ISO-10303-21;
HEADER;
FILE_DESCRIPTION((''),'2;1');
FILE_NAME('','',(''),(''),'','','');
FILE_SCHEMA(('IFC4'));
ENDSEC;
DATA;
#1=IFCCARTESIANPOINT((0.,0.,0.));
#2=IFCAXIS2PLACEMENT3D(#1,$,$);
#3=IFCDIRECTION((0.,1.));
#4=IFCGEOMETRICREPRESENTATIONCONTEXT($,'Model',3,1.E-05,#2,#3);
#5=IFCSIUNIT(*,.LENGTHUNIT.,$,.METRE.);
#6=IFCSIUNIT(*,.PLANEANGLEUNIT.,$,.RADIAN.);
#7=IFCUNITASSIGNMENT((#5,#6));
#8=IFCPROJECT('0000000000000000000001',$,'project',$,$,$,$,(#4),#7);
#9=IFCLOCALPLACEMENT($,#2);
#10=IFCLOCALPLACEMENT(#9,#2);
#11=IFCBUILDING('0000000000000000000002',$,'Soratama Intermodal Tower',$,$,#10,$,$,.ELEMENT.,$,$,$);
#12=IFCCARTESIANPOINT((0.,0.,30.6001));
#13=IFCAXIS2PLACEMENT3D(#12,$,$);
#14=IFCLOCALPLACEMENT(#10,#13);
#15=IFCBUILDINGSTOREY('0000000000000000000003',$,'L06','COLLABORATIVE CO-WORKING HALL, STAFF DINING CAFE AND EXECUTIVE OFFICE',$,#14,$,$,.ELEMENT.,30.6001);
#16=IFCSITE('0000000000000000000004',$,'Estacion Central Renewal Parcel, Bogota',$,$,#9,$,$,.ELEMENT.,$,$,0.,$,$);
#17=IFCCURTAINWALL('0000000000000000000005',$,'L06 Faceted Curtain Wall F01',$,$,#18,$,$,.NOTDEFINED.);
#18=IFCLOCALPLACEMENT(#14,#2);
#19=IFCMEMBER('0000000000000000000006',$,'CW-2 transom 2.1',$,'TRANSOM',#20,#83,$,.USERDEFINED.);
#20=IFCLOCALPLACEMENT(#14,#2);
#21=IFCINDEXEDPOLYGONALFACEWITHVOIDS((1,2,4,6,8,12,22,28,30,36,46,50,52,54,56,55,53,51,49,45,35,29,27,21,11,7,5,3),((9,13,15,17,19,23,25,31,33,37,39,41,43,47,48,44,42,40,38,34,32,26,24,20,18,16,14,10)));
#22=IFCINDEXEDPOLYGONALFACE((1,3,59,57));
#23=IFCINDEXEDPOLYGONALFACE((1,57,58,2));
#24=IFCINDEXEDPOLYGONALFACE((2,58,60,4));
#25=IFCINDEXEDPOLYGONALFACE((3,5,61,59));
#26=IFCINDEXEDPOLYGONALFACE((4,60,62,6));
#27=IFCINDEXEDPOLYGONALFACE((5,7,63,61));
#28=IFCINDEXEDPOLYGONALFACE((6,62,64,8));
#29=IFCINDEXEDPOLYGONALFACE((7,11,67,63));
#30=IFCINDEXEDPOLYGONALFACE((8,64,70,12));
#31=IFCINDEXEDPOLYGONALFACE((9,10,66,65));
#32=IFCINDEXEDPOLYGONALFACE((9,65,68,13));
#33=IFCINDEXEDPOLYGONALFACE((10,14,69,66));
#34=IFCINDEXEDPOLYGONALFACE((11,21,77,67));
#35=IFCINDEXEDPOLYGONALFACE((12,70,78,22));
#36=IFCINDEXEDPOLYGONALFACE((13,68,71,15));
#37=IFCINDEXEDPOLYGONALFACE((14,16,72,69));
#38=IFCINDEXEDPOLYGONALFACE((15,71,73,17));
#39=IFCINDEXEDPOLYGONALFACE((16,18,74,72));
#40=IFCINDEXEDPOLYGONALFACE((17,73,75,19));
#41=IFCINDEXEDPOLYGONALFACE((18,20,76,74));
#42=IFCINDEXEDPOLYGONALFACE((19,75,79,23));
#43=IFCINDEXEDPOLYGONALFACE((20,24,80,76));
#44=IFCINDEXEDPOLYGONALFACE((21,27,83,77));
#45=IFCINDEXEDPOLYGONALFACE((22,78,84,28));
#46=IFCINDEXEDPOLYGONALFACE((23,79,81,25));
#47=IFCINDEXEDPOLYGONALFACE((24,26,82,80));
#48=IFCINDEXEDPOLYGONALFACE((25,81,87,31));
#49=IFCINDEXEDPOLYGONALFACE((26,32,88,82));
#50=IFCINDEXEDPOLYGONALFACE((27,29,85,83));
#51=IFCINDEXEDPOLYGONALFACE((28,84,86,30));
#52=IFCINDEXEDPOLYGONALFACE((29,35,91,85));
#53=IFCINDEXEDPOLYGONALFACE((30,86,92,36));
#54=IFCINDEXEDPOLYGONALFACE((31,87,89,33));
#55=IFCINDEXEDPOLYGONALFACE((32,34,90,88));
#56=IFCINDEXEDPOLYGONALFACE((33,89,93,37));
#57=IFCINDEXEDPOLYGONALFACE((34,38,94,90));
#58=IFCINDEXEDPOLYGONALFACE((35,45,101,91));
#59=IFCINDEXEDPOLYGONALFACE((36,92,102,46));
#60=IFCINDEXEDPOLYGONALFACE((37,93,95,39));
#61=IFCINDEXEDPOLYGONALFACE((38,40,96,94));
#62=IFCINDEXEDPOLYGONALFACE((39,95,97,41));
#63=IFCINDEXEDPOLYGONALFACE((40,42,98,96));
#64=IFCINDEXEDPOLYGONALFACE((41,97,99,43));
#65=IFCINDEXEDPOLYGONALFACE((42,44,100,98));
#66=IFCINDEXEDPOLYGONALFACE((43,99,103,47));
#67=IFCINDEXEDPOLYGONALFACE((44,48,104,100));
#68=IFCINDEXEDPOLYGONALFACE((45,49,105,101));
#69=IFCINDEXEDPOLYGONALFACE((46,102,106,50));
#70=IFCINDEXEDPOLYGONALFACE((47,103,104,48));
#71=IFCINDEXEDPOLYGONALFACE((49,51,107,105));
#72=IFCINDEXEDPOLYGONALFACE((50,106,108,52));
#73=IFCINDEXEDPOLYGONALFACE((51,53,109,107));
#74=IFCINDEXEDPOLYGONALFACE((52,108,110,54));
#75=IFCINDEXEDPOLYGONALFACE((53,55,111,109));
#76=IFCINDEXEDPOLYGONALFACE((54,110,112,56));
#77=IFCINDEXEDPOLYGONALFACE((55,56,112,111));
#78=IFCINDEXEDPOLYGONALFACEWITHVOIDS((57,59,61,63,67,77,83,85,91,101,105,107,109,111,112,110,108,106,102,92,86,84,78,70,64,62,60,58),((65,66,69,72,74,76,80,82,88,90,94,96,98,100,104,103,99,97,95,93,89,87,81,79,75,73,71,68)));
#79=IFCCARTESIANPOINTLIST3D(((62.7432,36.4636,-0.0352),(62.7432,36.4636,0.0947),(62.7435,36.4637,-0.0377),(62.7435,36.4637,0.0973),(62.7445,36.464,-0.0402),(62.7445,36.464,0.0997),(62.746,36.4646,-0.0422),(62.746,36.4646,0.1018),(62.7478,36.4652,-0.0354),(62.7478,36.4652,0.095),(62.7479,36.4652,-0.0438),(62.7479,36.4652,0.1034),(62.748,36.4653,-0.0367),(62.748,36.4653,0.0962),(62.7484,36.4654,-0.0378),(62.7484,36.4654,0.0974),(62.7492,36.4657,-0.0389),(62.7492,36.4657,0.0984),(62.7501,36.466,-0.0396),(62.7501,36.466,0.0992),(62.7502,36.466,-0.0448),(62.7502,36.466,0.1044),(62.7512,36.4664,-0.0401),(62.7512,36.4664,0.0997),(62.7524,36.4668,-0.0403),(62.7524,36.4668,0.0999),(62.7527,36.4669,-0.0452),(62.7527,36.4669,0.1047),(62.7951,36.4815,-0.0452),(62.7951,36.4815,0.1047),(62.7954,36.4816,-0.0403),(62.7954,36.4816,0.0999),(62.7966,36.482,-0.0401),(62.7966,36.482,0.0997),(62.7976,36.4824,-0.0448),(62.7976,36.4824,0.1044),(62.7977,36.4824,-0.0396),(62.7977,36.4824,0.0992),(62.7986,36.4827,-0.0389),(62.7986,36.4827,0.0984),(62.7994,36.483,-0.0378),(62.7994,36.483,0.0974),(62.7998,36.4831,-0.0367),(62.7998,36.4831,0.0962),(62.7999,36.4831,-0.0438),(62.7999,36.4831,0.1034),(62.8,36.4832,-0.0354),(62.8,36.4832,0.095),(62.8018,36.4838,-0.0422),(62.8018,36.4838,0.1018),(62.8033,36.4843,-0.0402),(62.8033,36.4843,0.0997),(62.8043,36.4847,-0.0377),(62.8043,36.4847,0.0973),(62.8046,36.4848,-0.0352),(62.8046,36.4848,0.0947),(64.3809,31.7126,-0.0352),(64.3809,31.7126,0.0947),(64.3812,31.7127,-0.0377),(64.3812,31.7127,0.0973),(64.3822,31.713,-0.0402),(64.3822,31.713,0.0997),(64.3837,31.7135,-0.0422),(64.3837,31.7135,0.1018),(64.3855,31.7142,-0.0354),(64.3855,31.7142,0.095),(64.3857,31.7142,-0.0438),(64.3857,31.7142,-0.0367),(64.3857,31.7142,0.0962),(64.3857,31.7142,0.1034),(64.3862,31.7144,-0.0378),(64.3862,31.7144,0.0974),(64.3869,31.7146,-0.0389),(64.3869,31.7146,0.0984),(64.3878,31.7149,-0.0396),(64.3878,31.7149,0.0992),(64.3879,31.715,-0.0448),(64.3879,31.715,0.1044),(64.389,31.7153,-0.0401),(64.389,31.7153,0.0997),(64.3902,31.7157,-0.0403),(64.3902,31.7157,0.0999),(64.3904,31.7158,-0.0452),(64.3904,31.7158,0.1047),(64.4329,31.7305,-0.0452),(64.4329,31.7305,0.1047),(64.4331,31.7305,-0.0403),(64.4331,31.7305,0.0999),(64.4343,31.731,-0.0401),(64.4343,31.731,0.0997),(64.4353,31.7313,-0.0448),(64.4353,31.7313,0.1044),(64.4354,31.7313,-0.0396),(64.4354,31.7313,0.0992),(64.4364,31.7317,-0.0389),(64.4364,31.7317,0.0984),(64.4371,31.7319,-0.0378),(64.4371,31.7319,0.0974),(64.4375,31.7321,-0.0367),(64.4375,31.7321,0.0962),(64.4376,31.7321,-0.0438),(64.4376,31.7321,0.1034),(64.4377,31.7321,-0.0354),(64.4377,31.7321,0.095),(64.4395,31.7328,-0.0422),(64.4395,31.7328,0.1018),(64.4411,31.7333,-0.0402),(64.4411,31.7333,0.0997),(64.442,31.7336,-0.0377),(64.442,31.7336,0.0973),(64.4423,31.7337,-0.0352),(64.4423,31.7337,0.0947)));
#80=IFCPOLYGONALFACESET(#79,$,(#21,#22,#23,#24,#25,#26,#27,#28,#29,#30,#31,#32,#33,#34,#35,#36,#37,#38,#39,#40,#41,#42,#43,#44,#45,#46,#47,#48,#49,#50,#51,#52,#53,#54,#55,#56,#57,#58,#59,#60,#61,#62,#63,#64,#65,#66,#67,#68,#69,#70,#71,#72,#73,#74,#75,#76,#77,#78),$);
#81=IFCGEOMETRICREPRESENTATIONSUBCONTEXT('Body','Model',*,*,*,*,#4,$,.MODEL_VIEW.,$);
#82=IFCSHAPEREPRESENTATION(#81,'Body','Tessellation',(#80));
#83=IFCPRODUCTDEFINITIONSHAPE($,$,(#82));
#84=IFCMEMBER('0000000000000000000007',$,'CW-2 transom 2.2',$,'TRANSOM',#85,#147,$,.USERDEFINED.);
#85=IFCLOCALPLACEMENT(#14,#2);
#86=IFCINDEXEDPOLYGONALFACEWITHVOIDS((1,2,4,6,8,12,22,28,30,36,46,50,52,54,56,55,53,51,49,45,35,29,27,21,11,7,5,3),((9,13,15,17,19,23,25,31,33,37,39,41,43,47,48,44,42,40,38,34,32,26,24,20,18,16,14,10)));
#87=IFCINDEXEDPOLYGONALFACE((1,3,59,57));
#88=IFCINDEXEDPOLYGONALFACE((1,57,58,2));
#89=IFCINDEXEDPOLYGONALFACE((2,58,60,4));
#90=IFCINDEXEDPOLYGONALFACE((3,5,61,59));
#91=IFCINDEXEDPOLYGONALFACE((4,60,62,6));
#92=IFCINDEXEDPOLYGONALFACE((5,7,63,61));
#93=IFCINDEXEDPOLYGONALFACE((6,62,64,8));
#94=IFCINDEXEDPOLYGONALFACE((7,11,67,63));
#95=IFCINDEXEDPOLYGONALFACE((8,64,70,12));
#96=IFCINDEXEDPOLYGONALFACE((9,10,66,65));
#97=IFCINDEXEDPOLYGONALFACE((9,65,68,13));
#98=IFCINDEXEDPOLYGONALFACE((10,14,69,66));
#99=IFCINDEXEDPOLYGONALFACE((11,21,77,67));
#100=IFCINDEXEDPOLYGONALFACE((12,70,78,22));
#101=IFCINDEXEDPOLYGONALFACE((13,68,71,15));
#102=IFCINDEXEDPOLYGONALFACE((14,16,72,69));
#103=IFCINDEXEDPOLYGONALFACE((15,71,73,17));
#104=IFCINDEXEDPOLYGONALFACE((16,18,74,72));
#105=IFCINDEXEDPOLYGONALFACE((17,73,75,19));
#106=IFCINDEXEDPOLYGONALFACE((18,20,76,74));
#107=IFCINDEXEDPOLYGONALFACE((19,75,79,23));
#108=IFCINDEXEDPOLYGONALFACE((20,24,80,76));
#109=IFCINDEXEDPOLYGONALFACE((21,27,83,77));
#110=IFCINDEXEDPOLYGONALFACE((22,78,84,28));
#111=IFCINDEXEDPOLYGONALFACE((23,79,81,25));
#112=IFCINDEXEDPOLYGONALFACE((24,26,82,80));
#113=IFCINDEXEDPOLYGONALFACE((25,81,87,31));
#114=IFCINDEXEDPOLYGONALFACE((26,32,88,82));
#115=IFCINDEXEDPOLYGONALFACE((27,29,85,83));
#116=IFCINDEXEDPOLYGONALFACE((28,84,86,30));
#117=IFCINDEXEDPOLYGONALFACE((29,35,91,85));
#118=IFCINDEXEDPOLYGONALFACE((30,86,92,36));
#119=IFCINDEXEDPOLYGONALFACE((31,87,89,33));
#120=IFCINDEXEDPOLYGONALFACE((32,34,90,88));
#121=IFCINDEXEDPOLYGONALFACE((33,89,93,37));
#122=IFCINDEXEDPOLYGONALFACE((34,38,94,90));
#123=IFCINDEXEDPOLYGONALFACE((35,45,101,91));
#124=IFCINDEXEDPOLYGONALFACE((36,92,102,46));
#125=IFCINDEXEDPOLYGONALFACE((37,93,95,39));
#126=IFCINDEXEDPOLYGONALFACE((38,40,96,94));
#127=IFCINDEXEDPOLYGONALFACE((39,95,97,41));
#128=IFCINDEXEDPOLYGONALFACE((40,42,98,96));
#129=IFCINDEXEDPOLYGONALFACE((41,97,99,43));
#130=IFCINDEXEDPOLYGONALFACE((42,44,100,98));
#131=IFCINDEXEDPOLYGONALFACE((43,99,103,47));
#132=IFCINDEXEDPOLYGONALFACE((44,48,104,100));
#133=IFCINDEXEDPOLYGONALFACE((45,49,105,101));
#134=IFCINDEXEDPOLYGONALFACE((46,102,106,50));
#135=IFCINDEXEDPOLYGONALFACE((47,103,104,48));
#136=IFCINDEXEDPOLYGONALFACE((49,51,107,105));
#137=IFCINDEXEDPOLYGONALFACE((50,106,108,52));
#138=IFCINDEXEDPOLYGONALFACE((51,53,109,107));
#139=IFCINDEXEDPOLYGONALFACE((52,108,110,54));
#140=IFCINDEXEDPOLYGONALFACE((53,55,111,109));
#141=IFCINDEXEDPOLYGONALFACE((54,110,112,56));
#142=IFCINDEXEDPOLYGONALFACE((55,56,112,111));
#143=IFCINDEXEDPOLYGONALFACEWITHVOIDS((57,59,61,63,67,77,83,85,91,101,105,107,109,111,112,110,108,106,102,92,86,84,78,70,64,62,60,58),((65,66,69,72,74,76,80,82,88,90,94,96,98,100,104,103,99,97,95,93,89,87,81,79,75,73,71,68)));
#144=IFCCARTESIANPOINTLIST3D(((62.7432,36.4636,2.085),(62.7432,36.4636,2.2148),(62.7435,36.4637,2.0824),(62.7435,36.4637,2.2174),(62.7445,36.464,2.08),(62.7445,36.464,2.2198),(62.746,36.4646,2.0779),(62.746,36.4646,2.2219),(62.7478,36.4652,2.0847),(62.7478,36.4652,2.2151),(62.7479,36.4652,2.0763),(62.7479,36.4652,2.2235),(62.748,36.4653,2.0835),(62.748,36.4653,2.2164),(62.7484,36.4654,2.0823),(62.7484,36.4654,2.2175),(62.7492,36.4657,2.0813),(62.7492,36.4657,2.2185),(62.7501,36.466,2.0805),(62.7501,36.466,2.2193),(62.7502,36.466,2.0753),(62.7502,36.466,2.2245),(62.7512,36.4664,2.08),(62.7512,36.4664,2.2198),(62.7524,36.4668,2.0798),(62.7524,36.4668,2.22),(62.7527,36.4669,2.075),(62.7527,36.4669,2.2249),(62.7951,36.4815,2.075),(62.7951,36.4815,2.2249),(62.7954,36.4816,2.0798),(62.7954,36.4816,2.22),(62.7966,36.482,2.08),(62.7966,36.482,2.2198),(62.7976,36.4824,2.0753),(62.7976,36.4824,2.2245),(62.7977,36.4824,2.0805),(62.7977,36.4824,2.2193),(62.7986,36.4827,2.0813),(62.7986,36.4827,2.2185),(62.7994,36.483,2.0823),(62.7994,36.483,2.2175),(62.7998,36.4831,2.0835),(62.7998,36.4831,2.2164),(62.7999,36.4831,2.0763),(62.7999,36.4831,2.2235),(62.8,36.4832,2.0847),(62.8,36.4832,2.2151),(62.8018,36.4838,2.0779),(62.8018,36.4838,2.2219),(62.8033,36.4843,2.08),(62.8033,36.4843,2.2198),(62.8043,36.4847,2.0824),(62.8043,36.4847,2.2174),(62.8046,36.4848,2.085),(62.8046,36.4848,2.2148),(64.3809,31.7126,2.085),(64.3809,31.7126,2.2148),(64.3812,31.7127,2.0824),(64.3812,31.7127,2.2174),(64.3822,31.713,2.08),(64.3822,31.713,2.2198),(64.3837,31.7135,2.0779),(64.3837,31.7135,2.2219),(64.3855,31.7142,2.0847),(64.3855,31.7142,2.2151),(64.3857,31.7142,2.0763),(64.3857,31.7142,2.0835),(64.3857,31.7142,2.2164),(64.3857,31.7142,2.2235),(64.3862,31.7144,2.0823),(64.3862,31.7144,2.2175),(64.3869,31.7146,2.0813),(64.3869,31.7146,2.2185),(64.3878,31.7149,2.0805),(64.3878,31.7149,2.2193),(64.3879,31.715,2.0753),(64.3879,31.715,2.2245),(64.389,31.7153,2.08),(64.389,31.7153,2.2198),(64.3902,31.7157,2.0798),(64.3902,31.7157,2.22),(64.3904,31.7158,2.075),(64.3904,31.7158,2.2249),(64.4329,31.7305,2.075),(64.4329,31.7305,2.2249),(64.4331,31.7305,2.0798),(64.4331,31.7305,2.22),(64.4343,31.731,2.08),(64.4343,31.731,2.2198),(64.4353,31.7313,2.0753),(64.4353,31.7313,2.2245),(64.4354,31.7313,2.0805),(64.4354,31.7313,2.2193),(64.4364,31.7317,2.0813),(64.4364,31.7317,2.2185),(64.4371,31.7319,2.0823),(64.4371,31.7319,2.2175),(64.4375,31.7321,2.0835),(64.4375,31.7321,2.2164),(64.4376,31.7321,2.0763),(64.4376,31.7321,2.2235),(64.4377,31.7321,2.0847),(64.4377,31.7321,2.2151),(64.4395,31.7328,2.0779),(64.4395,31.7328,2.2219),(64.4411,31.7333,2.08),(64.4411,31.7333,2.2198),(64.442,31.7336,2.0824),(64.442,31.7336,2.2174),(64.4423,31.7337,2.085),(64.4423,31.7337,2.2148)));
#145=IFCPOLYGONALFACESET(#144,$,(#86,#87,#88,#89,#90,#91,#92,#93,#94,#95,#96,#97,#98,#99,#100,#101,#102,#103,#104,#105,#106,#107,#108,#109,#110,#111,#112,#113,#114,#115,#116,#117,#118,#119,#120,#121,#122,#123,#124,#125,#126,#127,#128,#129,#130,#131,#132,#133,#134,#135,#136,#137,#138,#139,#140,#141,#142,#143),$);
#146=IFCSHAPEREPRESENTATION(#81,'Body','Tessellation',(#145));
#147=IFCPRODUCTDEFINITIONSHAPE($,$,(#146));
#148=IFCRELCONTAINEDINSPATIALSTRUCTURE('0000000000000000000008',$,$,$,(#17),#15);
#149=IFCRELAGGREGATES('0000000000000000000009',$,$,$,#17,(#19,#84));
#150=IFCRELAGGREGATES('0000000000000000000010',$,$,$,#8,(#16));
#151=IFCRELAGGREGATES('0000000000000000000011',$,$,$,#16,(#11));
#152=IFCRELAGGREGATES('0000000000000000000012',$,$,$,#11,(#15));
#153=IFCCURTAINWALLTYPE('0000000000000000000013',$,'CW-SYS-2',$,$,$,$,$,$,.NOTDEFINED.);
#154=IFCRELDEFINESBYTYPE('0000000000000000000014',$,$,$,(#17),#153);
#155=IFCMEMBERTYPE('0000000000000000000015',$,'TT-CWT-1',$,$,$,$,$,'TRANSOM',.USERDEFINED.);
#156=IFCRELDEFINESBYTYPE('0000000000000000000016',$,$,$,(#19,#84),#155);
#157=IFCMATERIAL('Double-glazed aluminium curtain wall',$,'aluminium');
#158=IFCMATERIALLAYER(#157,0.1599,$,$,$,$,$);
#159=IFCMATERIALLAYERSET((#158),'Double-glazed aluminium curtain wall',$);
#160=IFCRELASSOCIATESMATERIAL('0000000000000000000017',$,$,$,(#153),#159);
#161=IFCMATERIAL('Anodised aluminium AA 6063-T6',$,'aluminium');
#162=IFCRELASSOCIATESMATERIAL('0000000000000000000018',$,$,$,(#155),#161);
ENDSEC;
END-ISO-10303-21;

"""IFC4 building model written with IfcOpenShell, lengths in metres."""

from ifc_helpers import new_model, si_unit, direction, frame, origin, origin_2d, place, context, subcontext, project, spatial, hollow_rectangle, extrude, material, layer, layer_set, material_profile, profile_set, type_object, element, aggregate, save


model = new_model("IFC4")

# Units and contexts
model_context = context("Model", 3, precision=1e-05, world=origin(), true_north=direction((0.0, 1.0)))
body_context = subcontext(model_context, "Body", "Model", "MODEL_VIEW")
ifc_project = project(units=[si_unit("LENGTHUNIT", "METRE"), si_unit("PLANEANGLEUNIT", "RADIAN")], contexts=[model_context])

# Site, building, storey
site_placement = place(None, origin())
site = spatial("IfcSite", under=ifc_project, at=site_placement, Name="Estacion Central Renewal Parcel, Bogota", CompositionType="ELEMENT", RefElevation=0.0)
building_placement = place(site_placement, origin())
building = spatial("IfcBuilding", under=site, at=building_placement, Name="Soratama Intermodal Tower", CompositionType="ELEMENT")
storey_placement = place(building_placement, frame((0.0, 0.0, 30.6001)))
storey = spatial("IfcBuildingStorey", under=building, at=storey_placement, Name="L06", Description="COLLABORATIVE CO-WORKING HALL, STAFF DINING CAFE AND EXECUTIVE OFFICE", CompositionType="ELEMENT", Elevation=30.6001)

# Curtain wall, members
ifc_material_1 = material(Name="Double-glazed aluminium curtain wall", Category="aluminium")
ifc_layer_1 = layer(ifc_material_1, 0.1599)
ifc_layer_set_1 = layer_set([ifc_layer_1], Name="Double-glazed aluminium curtain wall")
curtain_wall_type = type_object("IfcCurtainWallType", Name="CW-SYS-2", PredefinedType="NOTDEFINED", material=ifc_layer_set_1)
curtain_wall_placement = place(storey_placement, origin())
curtain_wall = element("IfcCurtainWall", 1, at=curtain_wall_placement, inside=storey, type_object=curtain_wall_type, Name="L06 Faceted Curtain Wall F01", PredefinedType="NOTDEFINED")
ifc_material_2 = material(Name="Anodised aluminium AA 6063-T6", Category="aluminium")
ifc_material_profile_1 = material_profile(ifc_material_2, hollow_rectangle(XDim=0.0649, YDim=0.1499, WallThickness=0.0049, InnerFilletRadius=0.0049, OuterFilletRadius=0.01, at=origin_2d()), Name="CWT150X65X5")
ifc_profile_set_1 = profile_set([ifc_material_profile_1], Name="Anodised aluminium AA 6063-T6")
member_type_1 = type_object("IfcMemberType", Name="TT-CWT-1", ElementType="TRANSOM", PredefinedType="USERDEFINED", material=ifc_profile_set_1)
member_1_placement = place(storey_placement, frame((64.4116, 31.7231, 0.0298), z_axis=(-0.325889, 0.945408, 0.0), x_axis=(-0.945408, -0.325889, 0.0)))
member_1 = element("IfcMember", 2, at=member_1_placement, type_object=member_type_1, Name="CW-2 transom 2.1", ObjectType="TRANSOM", PredefinedType="USERDEFINED", context=body_context, shape_type="SweptSolid", body=[
    extrude(hollow_rectangle(XDim=0.0649, YDim=0.1499, WallThickness=0.0049, InnerFilletRadius=0.0049, OuterFilletRadius=0.01, at=origin_2d()), origin(), (0.0, 0.0, 1.0), 5.0254),
])
member_2_placement = place(storey_placement, frame((64.4116, 31.7231, 2.1499), z_axis=(-0.325889, 0.945408, 0.0), x_axis=(-0.945408, -0.325889, 0.0)))
member_2 = element("IfcMember", 3, at=member_2_placement, type_object=member_type_1, Name="CW-2 transom 2.2", ObjectType="TRANSOM", PredefinedType="USERDEFINED", context=body_context, shape_type="SweptSolid", body=[
    extrude(hollow_rectangle(XDim=0.0649, YDim=0.1499, WallThickness=0.0049, InnerFilletRadius=0.0049, OuterFilletRadius=0.01, at=origin_2d()), origin(), (0.0, 0.0, 1.0), 5.0254),
])
aggregate(curtain_wall, [member_1, member_2])

save(model, "model.ifc")
